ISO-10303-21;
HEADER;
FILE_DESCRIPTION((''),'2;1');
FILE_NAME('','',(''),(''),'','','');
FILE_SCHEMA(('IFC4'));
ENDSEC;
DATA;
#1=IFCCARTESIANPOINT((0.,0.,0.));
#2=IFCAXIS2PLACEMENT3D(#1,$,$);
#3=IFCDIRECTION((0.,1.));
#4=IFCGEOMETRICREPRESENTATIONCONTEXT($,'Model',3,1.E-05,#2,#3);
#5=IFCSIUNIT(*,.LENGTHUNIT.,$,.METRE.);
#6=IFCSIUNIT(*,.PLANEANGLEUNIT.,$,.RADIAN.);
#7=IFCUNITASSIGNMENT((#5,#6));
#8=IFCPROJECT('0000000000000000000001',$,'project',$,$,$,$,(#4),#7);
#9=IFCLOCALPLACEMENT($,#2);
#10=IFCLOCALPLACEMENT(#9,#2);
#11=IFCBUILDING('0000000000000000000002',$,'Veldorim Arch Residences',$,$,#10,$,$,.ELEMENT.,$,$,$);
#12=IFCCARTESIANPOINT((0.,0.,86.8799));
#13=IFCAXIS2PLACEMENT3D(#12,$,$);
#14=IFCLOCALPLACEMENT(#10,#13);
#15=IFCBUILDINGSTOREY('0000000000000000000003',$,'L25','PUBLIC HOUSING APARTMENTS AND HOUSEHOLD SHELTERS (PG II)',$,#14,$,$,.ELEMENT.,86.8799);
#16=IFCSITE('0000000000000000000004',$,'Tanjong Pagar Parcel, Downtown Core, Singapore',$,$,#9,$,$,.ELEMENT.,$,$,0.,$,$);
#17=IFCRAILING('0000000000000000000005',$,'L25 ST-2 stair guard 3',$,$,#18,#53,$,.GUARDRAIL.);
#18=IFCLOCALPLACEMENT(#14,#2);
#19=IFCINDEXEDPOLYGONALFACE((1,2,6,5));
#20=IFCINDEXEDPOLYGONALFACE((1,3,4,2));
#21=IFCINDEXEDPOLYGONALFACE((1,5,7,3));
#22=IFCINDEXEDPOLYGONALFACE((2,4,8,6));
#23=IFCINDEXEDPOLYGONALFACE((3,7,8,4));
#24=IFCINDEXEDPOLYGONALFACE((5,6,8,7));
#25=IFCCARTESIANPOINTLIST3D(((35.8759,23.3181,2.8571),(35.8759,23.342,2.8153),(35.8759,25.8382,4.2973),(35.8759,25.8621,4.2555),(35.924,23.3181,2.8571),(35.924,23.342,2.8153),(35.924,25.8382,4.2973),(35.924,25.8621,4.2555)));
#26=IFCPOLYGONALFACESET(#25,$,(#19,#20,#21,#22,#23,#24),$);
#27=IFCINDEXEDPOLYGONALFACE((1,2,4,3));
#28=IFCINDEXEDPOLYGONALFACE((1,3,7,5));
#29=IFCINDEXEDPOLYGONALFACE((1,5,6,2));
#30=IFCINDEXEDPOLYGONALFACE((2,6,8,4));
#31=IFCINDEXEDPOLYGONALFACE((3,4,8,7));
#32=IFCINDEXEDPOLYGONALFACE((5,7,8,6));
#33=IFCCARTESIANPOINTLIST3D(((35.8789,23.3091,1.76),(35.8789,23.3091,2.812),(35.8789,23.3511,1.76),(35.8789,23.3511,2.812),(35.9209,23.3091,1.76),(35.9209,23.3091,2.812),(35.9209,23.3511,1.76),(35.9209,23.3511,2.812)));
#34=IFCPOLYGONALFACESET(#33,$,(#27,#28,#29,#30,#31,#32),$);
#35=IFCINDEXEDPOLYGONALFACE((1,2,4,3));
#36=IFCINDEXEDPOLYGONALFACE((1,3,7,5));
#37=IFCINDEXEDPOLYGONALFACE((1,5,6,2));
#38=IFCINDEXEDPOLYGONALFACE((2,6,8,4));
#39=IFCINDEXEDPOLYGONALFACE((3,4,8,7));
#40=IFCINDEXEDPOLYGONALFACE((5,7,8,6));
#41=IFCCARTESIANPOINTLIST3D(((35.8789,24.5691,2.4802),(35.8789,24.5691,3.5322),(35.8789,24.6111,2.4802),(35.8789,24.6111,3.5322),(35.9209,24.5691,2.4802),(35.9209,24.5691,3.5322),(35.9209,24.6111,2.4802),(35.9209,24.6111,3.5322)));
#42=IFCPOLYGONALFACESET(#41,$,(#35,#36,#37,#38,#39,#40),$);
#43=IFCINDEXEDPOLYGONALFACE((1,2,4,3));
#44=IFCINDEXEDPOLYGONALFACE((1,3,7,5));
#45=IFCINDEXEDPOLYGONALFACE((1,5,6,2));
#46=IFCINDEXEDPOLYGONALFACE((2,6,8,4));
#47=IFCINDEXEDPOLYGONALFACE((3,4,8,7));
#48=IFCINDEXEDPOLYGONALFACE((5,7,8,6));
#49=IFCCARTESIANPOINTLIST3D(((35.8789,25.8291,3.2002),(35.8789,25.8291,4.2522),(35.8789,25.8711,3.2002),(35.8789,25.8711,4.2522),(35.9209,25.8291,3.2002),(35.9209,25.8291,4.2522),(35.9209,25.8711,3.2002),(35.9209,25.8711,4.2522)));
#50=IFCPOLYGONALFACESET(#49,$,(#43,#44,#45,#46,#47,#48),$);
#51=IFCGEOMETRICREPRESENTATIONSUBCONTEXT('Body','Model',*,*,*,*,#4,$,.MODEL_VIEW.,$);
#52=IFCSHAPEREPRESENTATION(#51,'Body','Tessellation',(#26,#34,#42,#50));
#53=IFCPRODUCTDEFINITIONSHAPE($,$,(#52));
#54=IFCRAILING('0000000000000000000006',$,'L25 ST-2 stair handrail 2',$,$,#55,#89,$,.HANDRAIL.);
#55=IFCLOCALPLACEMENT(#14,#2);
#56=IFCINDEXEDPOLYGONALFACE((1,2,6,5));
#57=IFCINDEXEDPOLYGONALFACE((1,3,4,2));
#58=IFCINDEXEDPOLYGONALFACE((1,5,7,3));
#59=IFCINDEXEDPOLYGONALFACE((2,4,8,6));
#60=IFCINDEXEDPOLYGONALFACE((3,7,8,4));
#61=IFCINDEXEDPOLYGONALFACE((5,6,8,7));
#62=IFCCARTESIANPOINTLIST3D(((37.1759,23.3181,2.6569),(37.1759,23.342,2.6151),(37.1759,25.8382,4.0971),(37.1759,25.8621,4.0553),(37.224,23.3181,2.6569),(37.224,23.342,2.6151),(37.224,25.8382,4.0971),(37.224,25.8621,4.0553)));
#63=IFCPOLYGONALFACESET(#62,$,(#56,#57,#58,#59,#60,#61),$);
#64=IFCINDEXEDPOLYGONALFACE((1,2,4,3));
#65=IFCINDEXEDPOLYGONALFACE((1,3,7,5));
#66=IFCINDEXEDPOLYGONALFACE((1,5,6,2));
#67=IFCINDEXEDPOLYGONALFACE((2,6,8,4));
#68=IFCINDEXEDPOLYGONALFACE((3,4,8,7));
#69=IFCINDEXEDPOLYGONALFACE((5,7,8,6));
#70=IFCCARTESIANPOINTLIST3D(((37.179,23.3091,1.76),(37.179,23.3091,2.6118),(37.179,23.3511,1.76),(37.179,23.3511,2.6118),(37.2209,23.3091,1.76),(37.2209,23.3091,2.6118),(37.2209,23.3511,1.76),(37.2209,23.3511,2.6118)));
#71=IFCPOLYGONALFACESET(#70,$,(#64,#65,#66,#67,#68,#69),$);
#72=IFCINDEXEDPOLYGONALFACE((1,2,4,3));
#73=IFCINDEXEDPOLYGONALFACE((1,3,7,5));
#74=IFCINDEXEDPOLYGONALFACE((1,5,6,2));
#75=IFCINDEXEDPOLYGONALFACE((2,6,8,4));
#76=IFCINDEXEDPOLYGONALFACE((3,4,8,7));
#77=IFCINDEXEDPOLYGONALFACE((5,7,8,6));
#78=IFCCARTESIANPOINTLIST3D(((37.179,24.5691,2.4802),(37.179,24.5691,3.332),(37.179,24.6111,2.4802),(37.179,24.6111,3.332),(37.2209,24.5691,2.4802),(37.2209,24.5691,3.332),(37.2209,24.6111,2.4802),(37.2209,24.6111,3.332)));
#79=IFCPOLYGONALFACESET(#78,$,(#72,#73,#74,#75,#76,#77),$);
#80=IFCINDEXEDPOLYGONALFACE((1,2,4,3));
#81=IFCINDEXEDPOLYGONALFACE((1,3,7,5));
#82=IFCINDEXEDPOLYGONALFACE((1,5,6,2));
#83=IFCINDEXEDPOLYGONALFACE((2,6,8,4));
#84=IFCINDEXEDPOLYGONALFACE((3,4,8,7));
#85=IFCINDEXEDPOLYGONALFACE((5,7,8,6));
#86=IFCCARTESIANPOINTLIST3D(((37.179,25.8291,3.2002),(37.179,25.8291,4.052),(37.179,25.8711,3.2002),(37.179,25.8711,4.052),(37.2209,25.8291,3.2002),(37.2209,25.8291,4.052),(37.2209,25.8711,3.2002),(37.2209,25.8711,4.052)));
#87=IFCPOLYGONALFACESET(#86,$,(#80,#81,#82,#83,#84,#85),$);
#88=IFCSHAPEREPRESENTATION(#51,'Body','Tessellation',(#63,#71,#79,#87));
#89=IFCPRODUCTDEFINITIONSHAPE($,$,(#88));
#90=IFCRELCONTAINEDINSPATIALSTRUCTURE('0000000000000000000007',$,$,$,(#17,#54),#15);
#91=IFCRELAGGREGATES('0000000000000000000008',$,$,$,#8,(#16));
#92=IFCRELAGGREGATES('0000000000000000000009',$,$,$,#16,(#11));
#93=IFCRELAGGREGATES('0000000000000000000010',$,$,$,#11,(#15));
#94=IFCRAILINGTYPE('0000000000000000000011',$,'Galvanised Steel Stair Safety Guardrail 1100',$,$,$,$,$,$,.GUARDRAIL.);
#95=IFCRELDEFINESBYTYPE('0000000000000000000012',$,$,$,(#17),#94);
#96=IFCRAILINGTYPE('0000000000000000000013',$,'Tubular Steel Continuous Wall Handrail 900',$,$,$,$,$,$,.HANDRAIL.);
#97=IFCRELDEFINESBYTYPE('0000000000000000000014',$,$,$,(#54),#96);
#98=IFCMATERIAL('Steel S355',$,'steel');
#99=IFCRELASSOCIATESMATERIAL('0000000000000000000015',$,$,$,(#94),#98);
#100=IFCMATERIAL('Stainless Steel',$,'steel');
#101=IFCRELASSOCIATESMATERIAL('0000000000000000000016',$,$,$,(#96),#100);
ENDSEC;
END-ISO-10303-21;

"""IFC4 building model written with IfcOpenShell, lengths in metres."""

from ifc_helpers import new_model, si_unit, direction, frame, origin, origin_2d, place, context, subcontext, project, spatial, rectangle, extrude, material, type_object, element, save


model = new_model("IFC4")

# Units and contexts
model_context = context("Model", 3, precision=1e-05, world=origin(), true_north=direction((0.0, 1.0)))
body_context = subcontext(model_context, "Body", "Model", "MODEL_VIEW")
ifc_project = project(units=[si_unit("LENGTHUNIT", "METRE"), si_unit("PLANEANGLEUNIT", "RADIAN")], contexts=[model_context])

# Site, building, storey
site_placement = place(None, origin())
site = spatial("IfcSite", under=ifc_project, at=site_placement, Name="Tanjong Pagar Parcel, Downtown Core, Singapore", CompositionType="ELEMENT", RefElevation=0.0)
building_placement = place(site_placement, origin())
building = spatial("IfcBuilding", under=site, at=building_placement, Name="Veldorim Arch Residences", CompositionType="ELEMENT")
storey_placement = place(building_placement, frame((0.0, 0.0, 86.8799)))
storey = spatial("IfcBuildingStorey", under=building, at=storey_placement, Name="L25", Description="PUBLIC HOUSING APARTMENTS AND HOUSEHOLD SHELTERS (PG II)", CompositionType="ELEMENT", Elevation=86.8799)

# Railings
ifc_material_1 = material(Name="Steel S355", Category="steel")
railing_type_1 = type_object("IfcRailingType", Name="Galvanised Steel Stair Safety Guardrail 1100", PredefinedType="GUARDRAIL", material=ifc_material_1)
railing_1_placement = place(storey_placement, frame((35.8999, 23.3301, 1.76)))
element("IfcRailing", 1, at=railing_1_placement, inside=storey, type_object=railing_type_1, Name="L25 ST-2 stair guard 3", PredefinedType="GUARDRAIL", context=body_context, shape_type="SweptSolid", body=[
    extrude(rectangle(XDim=0.0481, YDim=0.0481, at=origin_2d()), frame((0.0, 0.0, 1.0762), z_axis=(0.0, 0.868217, 0.496184), x_axis=(-1.0, 0.0, 0.0)), (0.0, 0.0, 1.0), 2.9026),
    extrude(rectangle(XDim=0.042, YDim=0.042, at=origin_2d()), origin(), (0.0, 0.0, 1.0), 1.052),
    extrude(rectangle(XDim=0.042, YDim=0.042, at=origin_2d()), frame((0.0, 1.26, 0.7202)), (0.0, 0.0, 1.0), 1.052),
    extrude(rectangle(XDim=0.042, YDim=0.042, at=origin_2d()), frame((0.0, 2.52, 1.4402)), (0.0, 0.0, 1.0), 1.052),
])
ifc_material_2 = material(Name="Stainless Steel", Category="steel")
railing_type_2 = type_object("IfcRailingType", Name="Tubular Steel Continuous Wall Handrail 900", PredefinedType="HANDRAIL", material=ifc_material_2)
railing_2_placement = place(storey_placement, frame((37.2, 23.3301, 1.76)))
element("IfcRailing", 2, at=railing_2_placement, inside=storey, type_object=railing_type_2, Name="L25 ST-2 stair handrail 2", PredefinedType="HANDRAIL", context=body_context, shape_type="SweptSolid", body=[
    extrude(rectangle(XDim=0.0481, YDim=0.0481, at=origin_2d()), frame((0.0, 0.0, 0.876), z_axis=(0.0, 0.868217, 0.496184), x_axis=(-1.0, 0.0, 0.0)), (0.0, 0.0, 1.0), 2.9026),
    extrude(rectangle(XDim=0.042, YDim=0.042, at=origin_2d()), origin(), (0.0, 0.0, 1.0), 0.8518),
    extrude(rectangle(XDim=0.042, YDim=0.042, at=origin_2d()), frame((0.0, 1.26, 0.7202)), (0.0, 0.0, 1.0), 0.8518),
    extrude(rectangle(XDim=0.042, YDim=0.042, at=origin_2d()), frame((0.0, 2.52, 1.4402)), (0.0, 0.0, 1.0), 0.8518),
])

save(model, "model.ifc")
